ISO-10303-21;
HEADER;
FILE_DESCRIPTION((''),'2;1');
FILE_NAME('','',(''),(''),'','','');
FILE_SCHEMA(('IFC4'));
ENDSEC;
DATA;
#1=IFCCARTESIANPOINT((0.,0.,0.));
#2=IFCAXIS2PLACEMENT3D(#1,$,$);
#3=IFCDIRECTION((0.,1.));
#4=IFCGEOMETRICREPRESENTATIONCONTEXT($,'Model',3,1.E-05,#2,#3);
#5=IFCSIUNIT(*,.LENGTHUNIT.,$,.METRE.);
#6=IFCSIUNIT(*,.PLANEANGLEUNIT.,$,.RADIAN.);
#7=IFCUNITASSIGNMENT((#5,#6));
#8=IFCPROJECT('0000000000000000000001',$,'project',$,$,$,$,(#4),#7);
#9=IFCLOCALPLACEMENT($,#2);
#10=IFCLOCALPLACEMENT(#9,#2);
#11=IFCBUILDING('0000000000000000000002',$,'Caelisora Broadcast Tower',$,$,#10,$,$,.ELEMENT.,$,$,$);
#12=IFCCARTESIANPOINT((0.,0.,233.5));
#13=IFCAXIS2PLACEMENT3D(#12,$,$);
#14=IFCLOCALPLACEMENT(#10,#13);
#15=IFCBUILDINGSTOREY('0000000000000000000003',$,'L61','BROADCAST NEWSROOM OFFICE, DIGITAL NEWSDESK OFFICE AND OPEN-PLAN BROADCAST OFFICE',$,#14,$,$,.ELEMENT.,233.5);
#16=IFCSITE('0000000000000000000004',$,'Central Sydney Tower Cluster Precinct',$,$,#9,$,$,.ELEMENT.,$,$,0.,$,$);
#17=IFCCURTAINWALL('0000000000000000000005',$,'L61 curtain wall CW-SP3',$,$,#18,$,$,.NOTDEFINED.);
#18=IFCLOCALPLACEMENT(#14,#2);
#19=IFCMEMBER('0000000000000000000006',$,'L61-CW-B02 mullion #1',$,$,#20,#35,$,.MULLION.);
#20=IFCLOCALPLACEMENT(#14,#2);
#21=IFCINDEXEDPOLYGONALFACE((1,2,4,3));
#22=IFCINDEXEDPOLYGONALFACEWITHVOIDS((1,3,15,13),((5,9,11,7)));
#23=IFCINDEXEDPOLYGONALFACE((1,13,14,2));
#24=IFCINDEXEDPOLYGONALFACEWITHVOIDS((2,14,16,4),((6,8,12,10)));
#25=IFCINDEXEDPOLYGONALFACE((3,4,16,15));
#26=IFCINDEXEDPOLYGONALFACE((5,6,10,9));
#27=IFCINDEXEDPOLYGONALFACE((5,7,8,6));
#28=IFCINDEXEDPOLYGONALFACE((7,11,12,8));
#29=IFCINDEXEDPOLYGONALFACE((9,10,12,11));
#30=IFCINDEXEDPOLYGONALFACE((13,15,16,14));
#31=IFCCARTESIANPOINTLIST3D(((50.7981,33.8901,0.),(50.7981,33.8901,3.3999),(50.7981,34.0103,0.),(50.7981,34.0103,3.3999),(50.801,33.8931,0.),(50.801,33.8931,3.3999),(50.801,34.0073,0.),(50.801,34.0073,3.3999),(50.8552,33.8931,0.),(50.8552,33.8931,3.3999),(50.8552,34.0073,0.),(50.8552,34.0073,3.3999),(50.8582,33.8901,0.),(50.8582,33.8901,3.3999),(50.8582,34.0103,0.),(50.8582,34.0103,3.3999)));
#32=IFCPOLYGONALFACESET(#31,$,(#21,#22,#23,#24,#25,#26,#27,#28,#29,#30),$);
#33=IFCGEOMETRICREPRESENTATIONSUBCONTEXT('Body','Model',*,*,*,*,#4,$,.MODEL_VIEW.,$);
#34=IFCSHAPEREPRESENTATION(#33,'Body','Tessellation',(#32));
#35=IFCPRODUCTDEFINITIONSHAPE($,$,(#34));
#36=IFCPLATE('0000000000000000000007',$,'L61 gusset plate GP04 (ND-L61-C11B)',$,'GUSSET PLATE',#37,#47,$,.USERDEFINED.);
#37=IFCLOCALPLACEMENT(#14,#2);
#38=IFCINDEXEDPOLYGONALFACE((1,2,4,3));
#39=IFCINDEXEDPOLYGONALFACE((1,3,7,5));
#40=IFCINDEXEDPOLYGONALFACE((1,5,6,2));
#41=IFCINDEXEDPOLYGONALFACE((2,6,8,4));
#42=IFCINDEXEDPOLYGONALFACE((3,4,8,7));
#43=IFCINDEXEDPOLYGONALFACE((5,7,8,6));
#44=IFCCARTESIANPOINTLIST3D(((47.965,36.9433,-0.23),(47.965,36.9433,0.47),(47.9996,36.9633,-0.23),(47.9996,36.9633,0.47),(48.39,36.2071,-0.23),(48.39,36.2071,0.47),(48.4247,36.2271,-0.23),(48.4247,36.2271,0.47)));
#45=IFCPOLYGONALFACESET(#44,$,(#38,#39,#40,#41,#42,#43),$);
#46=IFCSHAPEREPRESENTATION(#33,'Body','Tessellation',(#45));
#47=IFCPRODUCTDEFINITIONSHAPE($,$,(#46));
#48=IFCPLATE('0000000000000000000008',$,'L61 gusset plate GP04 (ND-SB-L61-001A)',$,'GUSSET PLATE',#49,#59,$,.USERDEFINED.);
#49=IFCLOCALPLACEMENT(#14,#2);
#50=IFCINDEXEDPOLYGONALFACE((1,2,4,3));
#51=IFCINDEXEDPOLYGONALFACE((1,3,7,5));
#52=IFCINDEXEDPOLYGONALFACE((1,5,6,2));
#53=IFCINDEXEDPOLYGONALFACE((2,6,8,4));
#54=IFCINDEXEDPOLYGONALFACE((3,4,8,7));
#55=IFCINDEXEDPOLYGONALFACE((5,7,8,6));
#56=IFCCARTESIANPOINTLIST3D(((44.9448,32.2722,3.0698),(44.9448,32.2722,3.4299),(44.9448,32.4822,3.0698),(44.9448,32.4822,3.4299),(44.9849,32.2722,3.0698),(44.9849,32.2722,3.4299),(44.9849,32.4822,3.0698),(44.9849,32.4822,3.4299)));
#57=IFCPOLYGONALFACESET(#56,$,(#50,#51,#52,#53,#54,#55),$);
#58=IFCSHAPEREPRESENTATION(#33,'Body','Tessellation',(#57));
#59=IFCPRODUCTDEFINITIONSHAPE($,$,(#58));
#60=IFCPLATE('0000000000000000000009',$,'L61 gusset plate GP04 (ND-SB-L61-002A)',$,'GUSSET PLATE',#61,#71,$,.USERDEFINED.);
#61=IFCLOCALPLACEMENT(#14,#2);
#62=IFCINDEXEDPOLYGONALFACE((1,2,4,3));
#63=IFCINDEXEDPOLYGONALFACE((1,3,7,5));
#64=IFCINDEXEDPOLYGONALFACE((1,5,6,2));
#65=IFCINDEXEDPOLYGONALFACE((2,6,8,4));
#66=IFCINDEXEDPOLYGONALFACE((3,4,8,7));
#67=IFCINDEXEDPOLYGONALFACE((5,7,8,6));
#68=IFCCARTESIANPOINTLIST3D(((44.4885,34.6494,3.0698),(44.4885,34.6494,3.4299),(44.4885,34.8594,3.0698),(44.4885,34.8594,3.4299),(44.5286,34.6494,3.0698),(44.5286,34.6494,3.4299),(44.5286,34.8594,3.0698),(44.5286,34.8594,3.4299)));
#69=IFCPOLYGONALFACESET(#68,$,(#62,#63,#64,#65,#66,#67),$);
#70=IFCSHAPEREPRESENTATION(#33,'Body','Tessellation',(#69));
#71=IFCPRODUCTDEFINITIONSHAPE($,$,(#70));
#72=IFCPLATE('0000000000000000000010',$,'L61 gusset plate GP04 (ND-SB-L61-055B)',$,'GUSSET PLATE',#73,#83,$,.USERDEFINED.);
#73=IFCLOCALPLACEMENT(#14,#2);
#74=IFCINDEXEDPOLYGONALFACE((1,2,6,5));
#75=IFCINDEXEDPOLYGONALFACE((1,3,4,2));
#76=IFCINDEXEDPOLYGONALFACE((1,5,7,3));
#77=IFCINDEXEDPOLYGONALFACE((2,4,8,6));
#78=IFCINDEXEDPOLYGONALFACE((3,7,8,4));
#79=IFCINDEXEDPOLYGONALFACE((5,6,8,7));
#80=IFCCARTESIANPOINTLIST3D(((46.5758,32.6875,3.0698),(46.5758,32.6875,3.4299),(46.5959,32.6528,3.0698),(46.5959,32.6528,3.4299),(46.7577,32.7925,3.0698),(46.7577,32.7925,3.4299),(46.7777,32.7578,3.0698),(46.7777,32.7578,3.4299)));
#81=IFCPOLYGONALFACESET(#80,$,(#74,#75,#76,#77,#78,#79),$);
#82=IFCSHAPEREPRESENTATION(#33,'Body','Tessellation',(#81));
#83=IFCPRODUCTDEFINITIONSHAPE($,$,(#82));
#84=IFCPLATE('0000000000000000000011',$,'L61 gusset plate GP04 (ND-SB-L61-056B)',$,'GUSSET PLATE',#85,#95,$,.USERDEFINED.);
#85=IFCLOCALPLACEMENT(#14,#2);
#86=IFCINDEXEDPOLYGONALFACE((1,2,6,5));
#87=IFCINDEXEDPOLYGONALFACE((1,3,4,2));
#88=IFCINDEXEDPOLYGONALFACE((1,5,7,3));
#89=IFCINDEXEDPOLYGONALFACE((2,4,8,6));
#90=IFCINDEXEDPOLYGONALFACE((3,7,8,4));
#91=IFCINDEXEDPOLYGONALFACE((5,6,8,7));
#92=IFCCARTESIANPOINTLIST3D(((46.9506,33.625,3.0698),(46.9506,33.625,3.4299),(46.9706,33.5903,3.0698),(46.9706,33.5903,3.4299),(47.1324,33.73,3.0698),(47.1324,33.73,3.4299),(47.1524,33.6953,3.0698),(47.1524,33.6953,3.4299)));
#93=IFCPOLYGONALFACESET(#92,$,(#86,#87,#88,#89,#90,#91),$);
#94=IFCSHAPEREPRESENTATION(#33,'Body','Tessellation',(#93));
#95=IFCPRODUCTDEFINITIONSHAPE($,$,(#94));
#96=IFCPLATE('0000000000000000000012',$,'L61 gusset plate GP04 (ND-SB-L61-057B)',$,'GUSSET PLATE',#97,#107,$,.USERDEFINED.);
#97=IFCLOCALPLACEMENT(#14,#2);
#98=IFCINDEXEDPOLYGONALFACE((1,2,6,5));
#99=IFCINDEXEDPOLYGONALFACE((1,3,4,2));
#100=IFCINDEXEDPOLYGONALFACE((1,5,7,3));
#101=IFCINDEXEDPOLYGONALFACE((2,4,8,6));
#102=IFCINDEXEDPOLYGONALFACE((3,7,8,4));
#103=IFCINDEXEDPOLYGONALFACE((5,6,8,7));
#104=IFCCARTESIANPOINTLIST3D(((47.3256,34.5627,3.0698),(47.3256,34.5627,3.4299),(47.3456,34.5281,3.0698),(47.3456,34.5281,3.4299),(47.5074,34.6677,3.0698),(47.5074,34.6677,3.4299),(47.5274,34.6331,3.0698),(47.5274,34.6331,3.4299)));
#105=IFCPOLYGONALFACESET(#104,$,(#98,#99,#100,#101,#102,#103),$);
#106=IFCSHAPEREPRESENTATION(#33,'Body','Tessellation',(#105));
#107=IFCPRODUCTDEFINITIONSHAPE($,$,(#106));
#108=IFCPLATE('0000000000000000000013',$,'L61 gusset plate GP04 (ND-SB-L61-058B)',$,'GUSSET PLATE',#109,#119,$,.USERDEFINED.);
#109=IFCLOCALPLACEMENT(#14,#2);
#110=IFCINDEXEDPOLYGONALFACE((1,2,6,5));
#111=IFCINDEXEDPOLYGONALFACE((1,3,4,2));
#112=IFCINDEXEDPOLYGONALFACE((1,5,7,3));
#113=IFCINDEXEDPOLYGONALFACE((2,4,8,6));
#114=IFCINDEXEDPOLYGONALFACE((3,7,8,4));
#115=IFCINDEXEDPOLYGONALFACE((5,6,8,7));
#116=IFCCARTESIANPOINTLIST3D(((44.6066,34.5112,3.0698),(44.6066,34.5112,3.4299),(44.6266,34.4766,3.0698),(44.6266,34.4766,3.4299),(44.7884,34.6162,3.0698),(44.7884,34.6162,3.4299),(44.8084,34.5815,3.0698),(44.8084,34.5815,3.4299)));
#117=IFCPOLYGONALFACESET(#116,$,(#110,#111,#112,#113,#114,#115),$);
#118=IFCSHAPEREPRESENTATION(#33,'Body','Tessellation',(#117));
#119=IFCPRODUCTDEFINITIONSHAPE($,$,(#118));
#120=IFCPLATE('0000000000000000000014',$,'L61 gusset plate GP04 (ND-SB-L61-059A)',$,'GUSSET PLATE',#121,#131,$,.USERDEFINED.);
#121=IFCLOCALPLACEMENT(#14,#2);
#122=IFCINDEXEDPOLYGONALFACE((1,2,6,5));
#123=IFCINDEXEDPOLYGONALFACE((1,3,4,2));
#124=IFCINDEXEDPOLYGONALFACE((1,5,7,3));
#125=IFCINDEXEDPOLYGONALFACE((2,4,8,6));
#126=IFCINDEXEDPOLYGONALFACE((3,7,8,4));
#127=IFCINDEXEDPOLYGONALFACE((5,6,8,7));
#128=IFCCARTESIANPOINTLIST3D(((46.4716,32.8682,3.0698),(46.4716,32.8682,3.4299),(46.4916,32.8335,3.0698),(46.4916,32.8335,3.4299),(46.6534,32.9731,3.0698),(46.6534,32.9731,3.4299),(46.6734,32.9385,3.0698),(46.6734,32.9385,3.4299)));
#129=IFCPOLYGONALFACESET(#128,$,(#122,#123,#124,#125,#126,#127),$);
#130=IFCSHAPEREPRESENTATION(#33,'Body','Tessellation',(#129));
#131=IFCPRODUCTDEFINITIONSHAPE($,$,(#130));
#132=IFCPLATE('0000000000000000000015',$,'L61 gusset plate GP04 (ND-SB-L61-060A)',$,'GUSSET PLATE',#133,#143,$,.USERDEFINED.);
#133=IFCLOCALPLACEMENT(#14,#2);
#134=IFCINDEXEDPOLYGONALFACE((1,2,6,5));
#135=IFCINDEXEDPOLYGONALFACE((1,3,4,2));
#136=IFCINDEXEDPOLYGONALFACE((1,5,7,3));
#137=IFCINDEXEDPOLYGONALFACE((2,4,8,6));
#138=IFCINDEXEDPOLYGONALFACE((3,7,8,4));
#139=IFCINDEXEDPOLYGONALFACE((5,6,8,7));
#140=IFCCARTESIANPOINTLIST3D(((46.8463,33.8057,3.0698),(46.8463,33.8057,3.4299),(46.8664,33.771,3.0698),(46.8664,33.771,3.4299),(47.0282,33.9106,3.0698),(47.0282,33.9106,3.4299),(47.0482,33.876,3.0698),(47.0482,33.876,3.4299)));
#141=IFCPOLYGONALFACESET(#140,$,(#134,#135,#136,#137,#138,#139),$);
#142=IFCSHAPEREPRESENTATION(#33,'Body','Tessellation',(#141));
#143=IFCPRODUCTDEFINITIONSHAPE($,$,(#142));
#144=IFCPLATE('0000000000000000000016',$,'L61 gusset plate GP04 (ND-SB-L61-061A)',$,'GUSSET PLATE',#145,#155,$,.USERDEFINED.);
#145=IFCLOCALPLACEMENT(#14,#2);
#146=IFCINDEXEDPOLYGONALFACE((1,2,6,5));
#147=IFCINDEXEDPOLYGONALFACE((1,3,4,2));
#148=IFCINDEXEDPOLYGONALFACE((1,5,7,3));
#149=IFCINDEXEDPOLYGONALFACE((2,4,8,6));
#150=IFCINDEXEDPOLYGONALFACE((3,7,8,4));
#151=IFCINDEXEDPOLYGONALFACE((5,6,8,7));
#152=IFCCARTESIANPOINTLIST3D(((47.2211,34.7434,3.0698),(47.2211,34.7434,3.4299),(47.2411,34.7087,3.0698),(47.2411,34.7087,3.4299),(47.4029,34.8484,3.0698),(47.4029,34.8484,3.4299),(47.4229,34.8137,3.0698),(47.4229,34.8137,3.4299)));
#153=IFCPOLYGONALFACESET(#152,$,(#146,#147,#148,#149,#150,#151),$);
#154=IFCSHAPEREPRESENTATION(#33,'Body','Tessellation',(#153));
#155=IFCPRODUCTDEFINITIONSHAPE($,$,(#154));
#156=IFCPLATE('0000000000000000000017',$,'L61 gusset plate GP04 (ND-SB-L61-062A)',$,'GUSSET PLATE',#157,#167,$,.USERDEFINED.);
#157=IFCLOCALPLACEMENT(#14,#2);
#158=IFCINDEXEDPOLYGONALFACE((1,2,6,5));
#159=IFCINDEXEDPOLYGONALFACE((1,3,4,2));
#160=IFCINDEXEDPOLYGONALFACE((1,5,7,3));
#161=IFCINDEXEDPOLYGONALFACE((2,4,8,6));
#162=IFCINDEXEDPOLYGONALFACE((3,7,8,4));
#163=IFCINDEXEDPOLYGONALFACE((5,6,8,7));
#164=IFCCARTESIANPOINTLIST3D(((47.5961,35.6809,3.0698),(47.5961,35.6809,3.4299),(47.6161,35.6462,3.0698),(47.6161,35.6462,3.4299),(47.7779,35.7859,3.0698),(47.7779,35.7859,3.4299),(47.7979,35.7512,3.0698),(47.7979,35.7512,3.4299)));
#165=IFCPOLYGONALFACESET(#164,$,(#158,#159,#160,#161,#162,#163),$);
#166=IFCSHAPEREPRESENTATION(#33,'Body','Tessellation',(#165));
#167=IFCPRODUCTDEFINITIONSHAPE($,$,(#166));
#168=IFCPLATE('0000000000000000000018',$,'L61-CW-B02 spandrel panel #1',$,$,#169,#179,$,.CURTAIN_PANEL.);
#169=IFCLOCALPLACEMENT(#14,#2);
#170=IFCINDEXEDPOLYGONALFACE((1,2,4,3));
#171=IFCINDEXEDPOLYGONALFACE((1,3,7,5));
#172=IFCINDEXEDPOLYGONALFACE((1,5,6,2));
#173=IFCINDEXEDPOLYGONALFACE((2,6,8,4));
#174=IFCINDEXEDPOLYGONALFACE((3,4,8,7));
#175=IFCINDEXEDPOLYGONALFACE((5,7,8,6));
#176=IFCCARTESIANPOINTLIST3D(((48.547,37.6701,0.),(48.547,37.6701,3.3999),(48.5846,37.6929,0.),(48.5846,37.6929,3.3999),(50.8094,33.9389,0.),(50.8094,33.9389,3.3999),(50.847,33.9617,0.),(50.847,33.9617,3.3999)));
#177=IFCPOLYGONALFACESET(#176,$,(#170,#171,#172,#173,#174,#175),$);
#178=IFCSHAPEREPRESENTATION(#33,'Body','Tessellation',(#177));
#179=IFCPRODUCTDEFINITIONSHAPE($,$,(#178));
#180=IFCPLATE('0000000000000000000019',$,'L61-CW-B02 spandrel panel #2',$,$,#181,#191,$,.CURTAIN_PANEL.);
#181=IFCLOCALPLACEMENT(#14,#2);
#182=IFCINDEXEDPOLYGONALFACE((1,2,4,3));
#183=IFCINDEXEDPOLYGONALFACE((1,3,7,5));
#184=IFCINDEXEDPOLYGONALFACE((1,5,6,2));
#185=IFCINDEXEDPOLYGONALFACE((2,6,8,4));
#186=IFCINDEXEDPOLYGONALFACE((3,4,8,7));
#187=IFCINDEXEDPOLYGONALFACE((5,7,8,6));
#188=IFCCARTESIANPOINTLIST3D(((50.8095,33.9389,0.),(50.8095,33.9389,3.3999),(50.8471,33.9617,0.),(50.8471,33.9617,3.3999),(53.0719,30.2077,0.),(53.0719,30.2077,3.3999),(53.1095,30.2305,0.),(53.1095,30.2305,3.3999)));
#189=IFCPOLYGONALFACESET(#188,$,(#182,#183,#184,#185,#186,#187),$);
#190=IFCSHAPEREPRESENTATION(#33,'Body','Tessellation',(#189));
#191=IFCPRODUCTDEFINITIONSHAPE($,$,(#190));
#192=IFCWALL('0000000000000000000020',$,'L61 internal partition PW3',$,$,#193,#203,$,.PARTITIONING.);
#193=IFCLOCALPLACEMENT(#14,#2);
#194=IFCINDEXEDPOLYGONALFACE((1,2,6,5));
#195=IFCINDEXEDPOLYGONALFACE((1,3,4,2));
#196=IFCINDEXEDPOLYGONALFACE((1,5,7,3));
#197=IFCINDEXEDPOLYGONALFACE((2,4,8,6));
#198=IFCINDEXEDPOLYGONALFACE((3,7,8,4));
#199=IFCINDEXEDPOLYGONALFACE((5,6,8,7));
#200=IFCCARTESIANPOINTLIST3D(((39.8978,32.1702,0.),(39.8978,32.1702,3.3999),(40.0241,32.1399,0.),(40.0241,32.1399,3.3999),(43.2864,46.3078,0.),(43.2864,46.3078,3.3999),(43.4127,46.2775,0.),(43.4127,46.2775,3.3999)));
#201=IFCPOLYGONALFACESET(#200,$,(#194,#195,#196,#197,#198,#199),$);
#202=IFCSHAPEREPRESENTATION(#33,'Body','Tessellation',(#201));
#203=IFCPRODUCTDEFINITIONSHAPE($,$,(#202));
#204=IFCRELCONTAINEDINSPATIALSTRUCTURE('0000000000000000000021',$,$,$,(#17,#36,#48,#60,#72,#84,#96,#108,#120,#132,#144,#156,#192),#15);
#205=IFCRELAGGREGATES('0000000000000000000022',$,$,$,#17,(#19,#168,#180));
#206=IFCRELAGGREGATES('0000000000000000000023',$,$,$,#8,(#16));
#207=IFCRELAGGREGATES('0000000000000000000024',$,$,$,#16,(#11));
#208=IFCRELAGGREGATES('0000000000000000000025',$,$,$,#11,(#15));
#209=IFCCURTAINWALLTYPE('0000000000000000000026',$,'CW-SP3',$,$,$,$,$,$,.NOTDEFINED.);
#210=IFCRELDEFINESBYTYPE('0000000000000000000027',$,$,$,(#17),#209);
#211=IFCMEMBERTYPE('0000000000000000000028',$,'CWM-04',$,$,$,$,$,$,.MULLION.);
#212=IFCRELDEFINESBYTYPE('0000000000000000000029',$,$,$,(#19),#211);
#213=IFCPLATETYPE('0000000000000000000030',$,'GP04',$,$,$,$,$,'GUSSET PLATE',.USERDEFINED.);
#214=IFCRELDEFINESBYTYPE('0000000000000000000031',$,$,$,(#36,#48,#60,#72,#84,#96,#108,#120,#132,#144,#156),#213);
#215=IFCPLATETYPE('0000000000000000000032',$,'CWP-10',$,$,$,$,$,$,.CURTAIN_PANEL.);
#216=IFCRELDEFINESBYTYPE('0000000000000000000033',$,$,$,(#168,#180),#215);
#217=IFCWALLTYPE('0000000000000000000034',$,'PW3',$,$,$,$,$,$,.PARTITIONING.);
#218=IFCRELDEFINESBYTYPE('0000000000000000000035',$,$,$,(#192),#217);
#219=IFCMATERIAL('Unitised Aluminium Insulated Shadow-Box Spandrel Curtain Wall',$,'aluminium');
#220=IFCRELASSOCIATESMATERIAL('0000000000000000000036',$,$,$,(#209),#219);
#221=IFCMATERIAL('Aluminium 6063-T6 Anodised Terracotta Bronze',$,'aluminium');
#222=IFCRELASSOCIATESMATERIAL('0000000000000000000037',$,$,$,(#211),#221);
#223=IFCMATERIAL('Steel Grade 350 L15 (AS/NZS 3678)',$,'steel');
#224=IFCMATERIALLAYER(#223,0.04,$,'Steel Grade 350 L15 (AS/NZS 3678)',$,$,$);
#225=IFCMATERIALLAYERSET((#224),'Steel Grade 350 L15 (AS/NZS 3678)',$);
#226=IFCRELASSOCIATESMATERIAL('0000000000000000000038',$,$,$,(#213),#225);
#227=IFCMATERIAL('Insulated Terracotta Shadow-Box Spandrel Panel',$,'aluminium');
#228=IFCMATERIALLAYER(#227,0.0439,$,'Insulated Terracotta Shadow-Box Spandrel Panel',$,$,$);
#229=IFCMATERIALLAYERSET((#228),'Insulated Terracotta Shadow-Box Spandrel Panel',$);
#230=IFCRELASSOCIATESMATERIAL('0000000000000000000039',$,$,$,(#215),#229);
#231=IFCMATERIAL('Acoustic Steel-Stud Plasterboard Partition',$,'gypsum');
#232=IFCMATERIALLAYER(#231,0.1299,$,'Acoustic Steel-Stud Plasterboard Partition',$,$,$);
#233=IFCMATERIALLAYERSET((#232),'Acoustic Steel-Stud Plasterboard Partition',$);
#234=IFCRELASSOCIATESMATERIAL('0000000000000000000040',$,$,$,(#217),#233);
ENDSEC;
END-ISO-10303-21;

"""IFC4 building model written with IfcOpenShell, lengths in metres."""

from ifc_helpers import new_model, si_unit, direction, frame, frame_2d, origin, origin_2d, place, context, subcontext, project, spatial, rectangle, hollow_rectangle, extrude, source, transform, mapped, material, layer, layer_set, material_profile, profile_set, type_object, type_shapes, element, aggregate, save


model = new_model("IFC4")

# Units and contexts
model_context = context("Model", 3, precision=1e-05, world=origin(), true_north=direction((0.0, 1.0)))
body_context = subcontext(model_context, "Body", "Model", "MODEL_VIEW")
ifc_project = project(units=[si_unit("LENGTHUNIT", "METRE"), si_unit("PLANEANGLEUNIT", "RADIAN")], contexts=[model_context])

# Site, building, storey
site_placement = place(None, origin())
site = spatial("IfcSite", under=ifc_project, at=site_placement, Name="Central Sydney Tower Cluster Precinct", CompositionType="ELEMENT", RefElevation=0.0)
building_placement = place(site_placement, origin())
building = spatial("IfcBuilding", under=site, at=building_placement, Name="Caelisora Broadcast Tower", CompositionType="ELEMENT")
storey_placement = place(building_placement, frame((0.0, 0.0, 233.5)))
storey = spatial("IfcBuildingStorey", under=building, at=storey_placement, Name="L61", Description="BROADCAST NEWSROOM OFFICE, DIGITAL NEWSDESK OFFICE AND OPEN-PLAN BROADCAST OFFICE", CompositionType="ELEMENT", Elevation=233.5)

# Shared definitions
ifc_material_1 = material(Name="Steel Grade 350 L15 (AS/NZS 3678)", Category="steel")

# Curtain wall, member
ifc_material_2 = material(Name="Unitised Aluminium Insulated Shadow-Box Spandrel Curtain Wall", Category="aluminium")
curtain_wall_type = type_object("IfcCurtainWallType", Name="CW-SP3", PredefinedType="NOTDEFINED", material=ifc_material_2)
curtain_wall_placement = place(storey_placement, origin())
curtain_wall = element("IfcCurtainWall", 1, at=curtain_wall_placement, inside=storey, type_object=curtain_wall_type, Name="L61 curtain wall CW-SP3", PredefinedType="NOTDEFINED")
ifc_material_3 = material(Name="Aluminium 6063-T6 Anodised Terracotta Bronze", Category="aluminium")
ifc_material_profile_1 = material_profile(ifc_material_3, hollow_rectangle(XDim=0.0601, YDim=0.1201, WallThickness=0.0029, at=origin_2d()), Name="Aluminium 6063-T6 Anodised Terracotta Bronze")
ifc_profile_set_1 = profile_set([ifc_material_profile_1], Name="Aluminium 6063-T6 Anodised Terracotta Bronze")
member_type = type_object("IfcMemberType", Name="CWM-04", PredefinedType="MULLION", material=ifc_profile_set_1)
shared_shape_1 = source(origin(), body_context, "Body", "SweptSolid", [
    extrude(hollow_rectangle(XDim=0.0601, YDim=0.1201, WallThickness=0.0029, at=origin_2d()), origin(), (0.0, 0.0, 1.0), 3.3999),
])
type_shapes(member_type, [shared_shape_1])
member_placement = place(storey_placement, frame((50.8281, 33.9502, 0.0), z_axis=(0.0, 0.0, 1.0), x_axis=(1.0, 0.0, 0.0)))
member = element("IfcMember", 2, at=member_placement, type_object=member_type, Name="L61-CW-B02 mullion #1", PredefinedType="MULLION", context=body_context, shape_type="MappedRepresentation", body=[
    mapped(shared_shape_1, transform((0.0, 0.0, 0.0), scale=1.0)),
])

# Plates
ifc_layer_1 = layer(ifc_material_1, 0.04, Name="Steel Grade 350 L15 (AS/NZS 3678)")
ifc_layer_set_1 = layer_set([ifc_layer_1], Name="Steel Grade 350 L15 (AS/NZS 3678)")
plate_type_1 = type_object("IfcPlateType", Name="GP04", ElementType="GUSSET PLATE", PredefinedType="USERDEFINED", material=ifc_layer_set_1)
shared_shape_2 = source(origin(), body_context, "Body", "SweptSolid", [
    extrude(rectangle(XDim=0.8501, YDim=0.04, at=origin_2d()), origin(), (0.0, 0.0, 1.0), 0.7),
])
plate_1_placement = place(storey_placement, frame((48.1948, 36.5852, -0.23), z_axis=(0.0, 0.0, 1.0), x_axis=(-0.5, 0.866025, 0.0)))
element("IfcPlate", 3, at=plate_1_placement, inside=storey, type_object=plate_type_1, Name="L61 gusset plate GP04 (ND-L61-C11B)", ObjectType="GUSSET PLATE", PredefinedType="USERDEFINED", context=body_context, shape_type="MappedRepresentation", body=[
    mapped(shared_shape_2, transform((0.0, 0.0, 0.0), scale=1.0)),
])
shared_shape_3 = source(origin(), body_context, "Body", "SweptSolid", [
    extrude(rectangle(XDim=0.21, YDim=0.04, at=origin_2d()), origin(), (0.0, 0.0, 1.0), 0.3601),
])
type_shapes(plate_type_1, [shared_shape_2, shared_shape_3])
for number, where, z_axis, x_axis, name in (
    (4, (44.9648, 32.3772, 3.0698), (0.0, 0.0, 1.0), (0.0, -1.0, 0.0), "L61 gusset plate GP04 (ND-SB-L61-001A)"),
    (5, (44.5085, 34.7544, 3.0698), (0.0, 0.0, 1.0), (0.0, -1.0, 0.0), "L61 gusset plate GP04 (ND-SB-L61-002A)"),
    (6, (46.6768, 32.7227, 3.0698), (0.0, 0.0, 1.0), (-0.866025, -0.5, 0.0), "L61 gusset plate GP04 (ND-SB-L61-055B)"),
    (7, (47.0515, 33.6602, 3.0698), (0.0, 0.0, 1.0), (-0.866025, -0.5, 0.0), "L61 gusset plate GP04 (ND-SB-L61-056B)"),
    (8, (47.4265, 34.5979, 3.0698), (0.0, 0.0, 1.0), (-0.866025, -0.5, 0.0), "L61 gusset plate GP04 (ND-SB-L61-057B)"),
    (9, (44.7075, 34.5464, 3.0698), (0.0, 0.0, 1.0), (-0.866025, -0.5, 0.0), "L61 gusset plate GP04 (ND-SB-L61-058B)"),
    (10, (46.5725, 32.9033, 3.0698), (0.0, 0.0, 1.0), (-0.866025, -0.5, 0.0), "L61 gusset plate GP04 (ND-SB-L61-059A)"),
    (11, (46.9473, 33.8408, 3.0698), (0.0, 0.0, 1.0), (-0.866025, -0.5, 0.0), "L61 gusset plate GP04 (ND-SB-L61-060A)"),
    (12, (47.322, 34.7786, 3.0698), (0.0, 0.0, 1.0), (-0.866025, -0.5, 0.0), "L61 gusset plate GP04 (ND-SB-L61-061A)"),
    (13, (47.697, 35.7161, 3.0698), (0.0, 0.0, 1.0), (-0.866025, -0.5, 0.0), "L61 gusset plate GP04 (ND-SB-L61-062A)"),
):
    element("IfcPlate", number, at=place(storey_placement, frame(where, z_axis=z_axis, x_axis=x_axis)), inside=storey, type_object=plate_type_1, Name=name, ObjectType="GUSSET PLATE", PredefinedType="USERDEFINED", context=body_context, shape_type="MappedRepresentation", body=[
        mapped(shared_shape_3, transform((0.0, 0.0, 0.0), scale=1.0)),
    ])

# Plates
ifc_material_4 = material(Name="Insulated Terracotta Shadow-Box Spandrel Panel", Category="aluminium")
ifc_layer_2 = layer(ifc_material_4, 0.0439, Name="Insulated Terracotta Shadow-Box Spandrel Panel")
ifc_layer_set_2 = layer_set([ifc_layer_2], Name="Insulated Terracotta Shadow-Box Spandrel Panel")
plate_type_2 = type_object("IfcPlateType", Name="CWP-10", PredefinedType="CURTAIN_PANEL", material=ifc_layer_set_2)
shared_shape_4 = source(origin(), body_context, "Body", "SweptSolid", [
    extrude(rectangle(XDim=4.3635, YDim=0.0439, at=origin_2d()), origin(), (0.0, 0.0, 1.0), 3.3999),
])
type_shapes(plate_type_2, [shared_shape_4])
plate_2_placement = place(storey_placement, frame((49.697, 35.8159, 0.0), z_axis=(0.0, 0.0, 1.0), x_axis=(0.518475, -0.855093, 0.0)))
plate_2 = element("IfcPlate", 14, at=plate_2_placement, type_object=plate_type_2, Name="L61-CW-B02 spandrel panel #1", PredefinedType="CURTAIN_PANEL", context=body_context, shape_type="MappedRepresentation", body=[
    mapped(shared_shape_4, transform((0.0, 0.0, 0.0), scale=1.0)),
])
plate_3_placement = place(storey_placement, frame((51.9595, 32.0847, 0.0), z_axis=(0.0, 0.0, 1.0), x_axis=(0.518475, -0.855093, 0.0)))
plate_3 = element("IfcPlate", 15, at=plate_3_placement, type_object=plate_type_2, Name="L61-CW-B02 spandrel panel #2", PredefinedType="CURTAIN_PANEL", context=body_context, shape_type="MappedRepresentation", body=[
    mapped(shared_shape_4, transform((0.0, 0.0, 0.0), scale=1.0)),
])
aggregate(curtain_wall, [member, plate_2, plate_3])

# Wall
ifc_material_5 = material(Name="Acoustic Steel-Stud Plasterboard Partition", Category="gypsum")
ifc_layer_3 = layer(ifc_material_5, 0.1299, Name="Acoustic Steel-Stud Plasterboard Partition")
ifc_layer_set_3 = layer_set([ifc_layer_3], Name="Acoustic Steel-Stud Plasterboard Partition")
wall_type_1 = type_object("IfcWallType", Name="PW3", PredefinedType="PARTITIONING", material=ifc_layer_set_3)
wall_1_placement = place(storey_placement, frame((39.9609, 32.155, 0.0), z_axis=(0.0, 0.0, 1.0), x_axis=(0.233088, 0.972456, 0.0)))
element("IfcWall", 16, at=wall_1_placement, inside=storey, type_object=wall_type_1, Name="L61 internal partition PW3", PredefinedType="PARTITIONING", context=body_context, shape_type="SweptSolid", body=[
    extrude(rectangle(XDim=14.5381, YDim=0.1299, at=frame_2d((7.269, 0.0))), origin(), (0.0, 0.0, 1.0), 3.3999),
])

save(model, "model.ifc")
